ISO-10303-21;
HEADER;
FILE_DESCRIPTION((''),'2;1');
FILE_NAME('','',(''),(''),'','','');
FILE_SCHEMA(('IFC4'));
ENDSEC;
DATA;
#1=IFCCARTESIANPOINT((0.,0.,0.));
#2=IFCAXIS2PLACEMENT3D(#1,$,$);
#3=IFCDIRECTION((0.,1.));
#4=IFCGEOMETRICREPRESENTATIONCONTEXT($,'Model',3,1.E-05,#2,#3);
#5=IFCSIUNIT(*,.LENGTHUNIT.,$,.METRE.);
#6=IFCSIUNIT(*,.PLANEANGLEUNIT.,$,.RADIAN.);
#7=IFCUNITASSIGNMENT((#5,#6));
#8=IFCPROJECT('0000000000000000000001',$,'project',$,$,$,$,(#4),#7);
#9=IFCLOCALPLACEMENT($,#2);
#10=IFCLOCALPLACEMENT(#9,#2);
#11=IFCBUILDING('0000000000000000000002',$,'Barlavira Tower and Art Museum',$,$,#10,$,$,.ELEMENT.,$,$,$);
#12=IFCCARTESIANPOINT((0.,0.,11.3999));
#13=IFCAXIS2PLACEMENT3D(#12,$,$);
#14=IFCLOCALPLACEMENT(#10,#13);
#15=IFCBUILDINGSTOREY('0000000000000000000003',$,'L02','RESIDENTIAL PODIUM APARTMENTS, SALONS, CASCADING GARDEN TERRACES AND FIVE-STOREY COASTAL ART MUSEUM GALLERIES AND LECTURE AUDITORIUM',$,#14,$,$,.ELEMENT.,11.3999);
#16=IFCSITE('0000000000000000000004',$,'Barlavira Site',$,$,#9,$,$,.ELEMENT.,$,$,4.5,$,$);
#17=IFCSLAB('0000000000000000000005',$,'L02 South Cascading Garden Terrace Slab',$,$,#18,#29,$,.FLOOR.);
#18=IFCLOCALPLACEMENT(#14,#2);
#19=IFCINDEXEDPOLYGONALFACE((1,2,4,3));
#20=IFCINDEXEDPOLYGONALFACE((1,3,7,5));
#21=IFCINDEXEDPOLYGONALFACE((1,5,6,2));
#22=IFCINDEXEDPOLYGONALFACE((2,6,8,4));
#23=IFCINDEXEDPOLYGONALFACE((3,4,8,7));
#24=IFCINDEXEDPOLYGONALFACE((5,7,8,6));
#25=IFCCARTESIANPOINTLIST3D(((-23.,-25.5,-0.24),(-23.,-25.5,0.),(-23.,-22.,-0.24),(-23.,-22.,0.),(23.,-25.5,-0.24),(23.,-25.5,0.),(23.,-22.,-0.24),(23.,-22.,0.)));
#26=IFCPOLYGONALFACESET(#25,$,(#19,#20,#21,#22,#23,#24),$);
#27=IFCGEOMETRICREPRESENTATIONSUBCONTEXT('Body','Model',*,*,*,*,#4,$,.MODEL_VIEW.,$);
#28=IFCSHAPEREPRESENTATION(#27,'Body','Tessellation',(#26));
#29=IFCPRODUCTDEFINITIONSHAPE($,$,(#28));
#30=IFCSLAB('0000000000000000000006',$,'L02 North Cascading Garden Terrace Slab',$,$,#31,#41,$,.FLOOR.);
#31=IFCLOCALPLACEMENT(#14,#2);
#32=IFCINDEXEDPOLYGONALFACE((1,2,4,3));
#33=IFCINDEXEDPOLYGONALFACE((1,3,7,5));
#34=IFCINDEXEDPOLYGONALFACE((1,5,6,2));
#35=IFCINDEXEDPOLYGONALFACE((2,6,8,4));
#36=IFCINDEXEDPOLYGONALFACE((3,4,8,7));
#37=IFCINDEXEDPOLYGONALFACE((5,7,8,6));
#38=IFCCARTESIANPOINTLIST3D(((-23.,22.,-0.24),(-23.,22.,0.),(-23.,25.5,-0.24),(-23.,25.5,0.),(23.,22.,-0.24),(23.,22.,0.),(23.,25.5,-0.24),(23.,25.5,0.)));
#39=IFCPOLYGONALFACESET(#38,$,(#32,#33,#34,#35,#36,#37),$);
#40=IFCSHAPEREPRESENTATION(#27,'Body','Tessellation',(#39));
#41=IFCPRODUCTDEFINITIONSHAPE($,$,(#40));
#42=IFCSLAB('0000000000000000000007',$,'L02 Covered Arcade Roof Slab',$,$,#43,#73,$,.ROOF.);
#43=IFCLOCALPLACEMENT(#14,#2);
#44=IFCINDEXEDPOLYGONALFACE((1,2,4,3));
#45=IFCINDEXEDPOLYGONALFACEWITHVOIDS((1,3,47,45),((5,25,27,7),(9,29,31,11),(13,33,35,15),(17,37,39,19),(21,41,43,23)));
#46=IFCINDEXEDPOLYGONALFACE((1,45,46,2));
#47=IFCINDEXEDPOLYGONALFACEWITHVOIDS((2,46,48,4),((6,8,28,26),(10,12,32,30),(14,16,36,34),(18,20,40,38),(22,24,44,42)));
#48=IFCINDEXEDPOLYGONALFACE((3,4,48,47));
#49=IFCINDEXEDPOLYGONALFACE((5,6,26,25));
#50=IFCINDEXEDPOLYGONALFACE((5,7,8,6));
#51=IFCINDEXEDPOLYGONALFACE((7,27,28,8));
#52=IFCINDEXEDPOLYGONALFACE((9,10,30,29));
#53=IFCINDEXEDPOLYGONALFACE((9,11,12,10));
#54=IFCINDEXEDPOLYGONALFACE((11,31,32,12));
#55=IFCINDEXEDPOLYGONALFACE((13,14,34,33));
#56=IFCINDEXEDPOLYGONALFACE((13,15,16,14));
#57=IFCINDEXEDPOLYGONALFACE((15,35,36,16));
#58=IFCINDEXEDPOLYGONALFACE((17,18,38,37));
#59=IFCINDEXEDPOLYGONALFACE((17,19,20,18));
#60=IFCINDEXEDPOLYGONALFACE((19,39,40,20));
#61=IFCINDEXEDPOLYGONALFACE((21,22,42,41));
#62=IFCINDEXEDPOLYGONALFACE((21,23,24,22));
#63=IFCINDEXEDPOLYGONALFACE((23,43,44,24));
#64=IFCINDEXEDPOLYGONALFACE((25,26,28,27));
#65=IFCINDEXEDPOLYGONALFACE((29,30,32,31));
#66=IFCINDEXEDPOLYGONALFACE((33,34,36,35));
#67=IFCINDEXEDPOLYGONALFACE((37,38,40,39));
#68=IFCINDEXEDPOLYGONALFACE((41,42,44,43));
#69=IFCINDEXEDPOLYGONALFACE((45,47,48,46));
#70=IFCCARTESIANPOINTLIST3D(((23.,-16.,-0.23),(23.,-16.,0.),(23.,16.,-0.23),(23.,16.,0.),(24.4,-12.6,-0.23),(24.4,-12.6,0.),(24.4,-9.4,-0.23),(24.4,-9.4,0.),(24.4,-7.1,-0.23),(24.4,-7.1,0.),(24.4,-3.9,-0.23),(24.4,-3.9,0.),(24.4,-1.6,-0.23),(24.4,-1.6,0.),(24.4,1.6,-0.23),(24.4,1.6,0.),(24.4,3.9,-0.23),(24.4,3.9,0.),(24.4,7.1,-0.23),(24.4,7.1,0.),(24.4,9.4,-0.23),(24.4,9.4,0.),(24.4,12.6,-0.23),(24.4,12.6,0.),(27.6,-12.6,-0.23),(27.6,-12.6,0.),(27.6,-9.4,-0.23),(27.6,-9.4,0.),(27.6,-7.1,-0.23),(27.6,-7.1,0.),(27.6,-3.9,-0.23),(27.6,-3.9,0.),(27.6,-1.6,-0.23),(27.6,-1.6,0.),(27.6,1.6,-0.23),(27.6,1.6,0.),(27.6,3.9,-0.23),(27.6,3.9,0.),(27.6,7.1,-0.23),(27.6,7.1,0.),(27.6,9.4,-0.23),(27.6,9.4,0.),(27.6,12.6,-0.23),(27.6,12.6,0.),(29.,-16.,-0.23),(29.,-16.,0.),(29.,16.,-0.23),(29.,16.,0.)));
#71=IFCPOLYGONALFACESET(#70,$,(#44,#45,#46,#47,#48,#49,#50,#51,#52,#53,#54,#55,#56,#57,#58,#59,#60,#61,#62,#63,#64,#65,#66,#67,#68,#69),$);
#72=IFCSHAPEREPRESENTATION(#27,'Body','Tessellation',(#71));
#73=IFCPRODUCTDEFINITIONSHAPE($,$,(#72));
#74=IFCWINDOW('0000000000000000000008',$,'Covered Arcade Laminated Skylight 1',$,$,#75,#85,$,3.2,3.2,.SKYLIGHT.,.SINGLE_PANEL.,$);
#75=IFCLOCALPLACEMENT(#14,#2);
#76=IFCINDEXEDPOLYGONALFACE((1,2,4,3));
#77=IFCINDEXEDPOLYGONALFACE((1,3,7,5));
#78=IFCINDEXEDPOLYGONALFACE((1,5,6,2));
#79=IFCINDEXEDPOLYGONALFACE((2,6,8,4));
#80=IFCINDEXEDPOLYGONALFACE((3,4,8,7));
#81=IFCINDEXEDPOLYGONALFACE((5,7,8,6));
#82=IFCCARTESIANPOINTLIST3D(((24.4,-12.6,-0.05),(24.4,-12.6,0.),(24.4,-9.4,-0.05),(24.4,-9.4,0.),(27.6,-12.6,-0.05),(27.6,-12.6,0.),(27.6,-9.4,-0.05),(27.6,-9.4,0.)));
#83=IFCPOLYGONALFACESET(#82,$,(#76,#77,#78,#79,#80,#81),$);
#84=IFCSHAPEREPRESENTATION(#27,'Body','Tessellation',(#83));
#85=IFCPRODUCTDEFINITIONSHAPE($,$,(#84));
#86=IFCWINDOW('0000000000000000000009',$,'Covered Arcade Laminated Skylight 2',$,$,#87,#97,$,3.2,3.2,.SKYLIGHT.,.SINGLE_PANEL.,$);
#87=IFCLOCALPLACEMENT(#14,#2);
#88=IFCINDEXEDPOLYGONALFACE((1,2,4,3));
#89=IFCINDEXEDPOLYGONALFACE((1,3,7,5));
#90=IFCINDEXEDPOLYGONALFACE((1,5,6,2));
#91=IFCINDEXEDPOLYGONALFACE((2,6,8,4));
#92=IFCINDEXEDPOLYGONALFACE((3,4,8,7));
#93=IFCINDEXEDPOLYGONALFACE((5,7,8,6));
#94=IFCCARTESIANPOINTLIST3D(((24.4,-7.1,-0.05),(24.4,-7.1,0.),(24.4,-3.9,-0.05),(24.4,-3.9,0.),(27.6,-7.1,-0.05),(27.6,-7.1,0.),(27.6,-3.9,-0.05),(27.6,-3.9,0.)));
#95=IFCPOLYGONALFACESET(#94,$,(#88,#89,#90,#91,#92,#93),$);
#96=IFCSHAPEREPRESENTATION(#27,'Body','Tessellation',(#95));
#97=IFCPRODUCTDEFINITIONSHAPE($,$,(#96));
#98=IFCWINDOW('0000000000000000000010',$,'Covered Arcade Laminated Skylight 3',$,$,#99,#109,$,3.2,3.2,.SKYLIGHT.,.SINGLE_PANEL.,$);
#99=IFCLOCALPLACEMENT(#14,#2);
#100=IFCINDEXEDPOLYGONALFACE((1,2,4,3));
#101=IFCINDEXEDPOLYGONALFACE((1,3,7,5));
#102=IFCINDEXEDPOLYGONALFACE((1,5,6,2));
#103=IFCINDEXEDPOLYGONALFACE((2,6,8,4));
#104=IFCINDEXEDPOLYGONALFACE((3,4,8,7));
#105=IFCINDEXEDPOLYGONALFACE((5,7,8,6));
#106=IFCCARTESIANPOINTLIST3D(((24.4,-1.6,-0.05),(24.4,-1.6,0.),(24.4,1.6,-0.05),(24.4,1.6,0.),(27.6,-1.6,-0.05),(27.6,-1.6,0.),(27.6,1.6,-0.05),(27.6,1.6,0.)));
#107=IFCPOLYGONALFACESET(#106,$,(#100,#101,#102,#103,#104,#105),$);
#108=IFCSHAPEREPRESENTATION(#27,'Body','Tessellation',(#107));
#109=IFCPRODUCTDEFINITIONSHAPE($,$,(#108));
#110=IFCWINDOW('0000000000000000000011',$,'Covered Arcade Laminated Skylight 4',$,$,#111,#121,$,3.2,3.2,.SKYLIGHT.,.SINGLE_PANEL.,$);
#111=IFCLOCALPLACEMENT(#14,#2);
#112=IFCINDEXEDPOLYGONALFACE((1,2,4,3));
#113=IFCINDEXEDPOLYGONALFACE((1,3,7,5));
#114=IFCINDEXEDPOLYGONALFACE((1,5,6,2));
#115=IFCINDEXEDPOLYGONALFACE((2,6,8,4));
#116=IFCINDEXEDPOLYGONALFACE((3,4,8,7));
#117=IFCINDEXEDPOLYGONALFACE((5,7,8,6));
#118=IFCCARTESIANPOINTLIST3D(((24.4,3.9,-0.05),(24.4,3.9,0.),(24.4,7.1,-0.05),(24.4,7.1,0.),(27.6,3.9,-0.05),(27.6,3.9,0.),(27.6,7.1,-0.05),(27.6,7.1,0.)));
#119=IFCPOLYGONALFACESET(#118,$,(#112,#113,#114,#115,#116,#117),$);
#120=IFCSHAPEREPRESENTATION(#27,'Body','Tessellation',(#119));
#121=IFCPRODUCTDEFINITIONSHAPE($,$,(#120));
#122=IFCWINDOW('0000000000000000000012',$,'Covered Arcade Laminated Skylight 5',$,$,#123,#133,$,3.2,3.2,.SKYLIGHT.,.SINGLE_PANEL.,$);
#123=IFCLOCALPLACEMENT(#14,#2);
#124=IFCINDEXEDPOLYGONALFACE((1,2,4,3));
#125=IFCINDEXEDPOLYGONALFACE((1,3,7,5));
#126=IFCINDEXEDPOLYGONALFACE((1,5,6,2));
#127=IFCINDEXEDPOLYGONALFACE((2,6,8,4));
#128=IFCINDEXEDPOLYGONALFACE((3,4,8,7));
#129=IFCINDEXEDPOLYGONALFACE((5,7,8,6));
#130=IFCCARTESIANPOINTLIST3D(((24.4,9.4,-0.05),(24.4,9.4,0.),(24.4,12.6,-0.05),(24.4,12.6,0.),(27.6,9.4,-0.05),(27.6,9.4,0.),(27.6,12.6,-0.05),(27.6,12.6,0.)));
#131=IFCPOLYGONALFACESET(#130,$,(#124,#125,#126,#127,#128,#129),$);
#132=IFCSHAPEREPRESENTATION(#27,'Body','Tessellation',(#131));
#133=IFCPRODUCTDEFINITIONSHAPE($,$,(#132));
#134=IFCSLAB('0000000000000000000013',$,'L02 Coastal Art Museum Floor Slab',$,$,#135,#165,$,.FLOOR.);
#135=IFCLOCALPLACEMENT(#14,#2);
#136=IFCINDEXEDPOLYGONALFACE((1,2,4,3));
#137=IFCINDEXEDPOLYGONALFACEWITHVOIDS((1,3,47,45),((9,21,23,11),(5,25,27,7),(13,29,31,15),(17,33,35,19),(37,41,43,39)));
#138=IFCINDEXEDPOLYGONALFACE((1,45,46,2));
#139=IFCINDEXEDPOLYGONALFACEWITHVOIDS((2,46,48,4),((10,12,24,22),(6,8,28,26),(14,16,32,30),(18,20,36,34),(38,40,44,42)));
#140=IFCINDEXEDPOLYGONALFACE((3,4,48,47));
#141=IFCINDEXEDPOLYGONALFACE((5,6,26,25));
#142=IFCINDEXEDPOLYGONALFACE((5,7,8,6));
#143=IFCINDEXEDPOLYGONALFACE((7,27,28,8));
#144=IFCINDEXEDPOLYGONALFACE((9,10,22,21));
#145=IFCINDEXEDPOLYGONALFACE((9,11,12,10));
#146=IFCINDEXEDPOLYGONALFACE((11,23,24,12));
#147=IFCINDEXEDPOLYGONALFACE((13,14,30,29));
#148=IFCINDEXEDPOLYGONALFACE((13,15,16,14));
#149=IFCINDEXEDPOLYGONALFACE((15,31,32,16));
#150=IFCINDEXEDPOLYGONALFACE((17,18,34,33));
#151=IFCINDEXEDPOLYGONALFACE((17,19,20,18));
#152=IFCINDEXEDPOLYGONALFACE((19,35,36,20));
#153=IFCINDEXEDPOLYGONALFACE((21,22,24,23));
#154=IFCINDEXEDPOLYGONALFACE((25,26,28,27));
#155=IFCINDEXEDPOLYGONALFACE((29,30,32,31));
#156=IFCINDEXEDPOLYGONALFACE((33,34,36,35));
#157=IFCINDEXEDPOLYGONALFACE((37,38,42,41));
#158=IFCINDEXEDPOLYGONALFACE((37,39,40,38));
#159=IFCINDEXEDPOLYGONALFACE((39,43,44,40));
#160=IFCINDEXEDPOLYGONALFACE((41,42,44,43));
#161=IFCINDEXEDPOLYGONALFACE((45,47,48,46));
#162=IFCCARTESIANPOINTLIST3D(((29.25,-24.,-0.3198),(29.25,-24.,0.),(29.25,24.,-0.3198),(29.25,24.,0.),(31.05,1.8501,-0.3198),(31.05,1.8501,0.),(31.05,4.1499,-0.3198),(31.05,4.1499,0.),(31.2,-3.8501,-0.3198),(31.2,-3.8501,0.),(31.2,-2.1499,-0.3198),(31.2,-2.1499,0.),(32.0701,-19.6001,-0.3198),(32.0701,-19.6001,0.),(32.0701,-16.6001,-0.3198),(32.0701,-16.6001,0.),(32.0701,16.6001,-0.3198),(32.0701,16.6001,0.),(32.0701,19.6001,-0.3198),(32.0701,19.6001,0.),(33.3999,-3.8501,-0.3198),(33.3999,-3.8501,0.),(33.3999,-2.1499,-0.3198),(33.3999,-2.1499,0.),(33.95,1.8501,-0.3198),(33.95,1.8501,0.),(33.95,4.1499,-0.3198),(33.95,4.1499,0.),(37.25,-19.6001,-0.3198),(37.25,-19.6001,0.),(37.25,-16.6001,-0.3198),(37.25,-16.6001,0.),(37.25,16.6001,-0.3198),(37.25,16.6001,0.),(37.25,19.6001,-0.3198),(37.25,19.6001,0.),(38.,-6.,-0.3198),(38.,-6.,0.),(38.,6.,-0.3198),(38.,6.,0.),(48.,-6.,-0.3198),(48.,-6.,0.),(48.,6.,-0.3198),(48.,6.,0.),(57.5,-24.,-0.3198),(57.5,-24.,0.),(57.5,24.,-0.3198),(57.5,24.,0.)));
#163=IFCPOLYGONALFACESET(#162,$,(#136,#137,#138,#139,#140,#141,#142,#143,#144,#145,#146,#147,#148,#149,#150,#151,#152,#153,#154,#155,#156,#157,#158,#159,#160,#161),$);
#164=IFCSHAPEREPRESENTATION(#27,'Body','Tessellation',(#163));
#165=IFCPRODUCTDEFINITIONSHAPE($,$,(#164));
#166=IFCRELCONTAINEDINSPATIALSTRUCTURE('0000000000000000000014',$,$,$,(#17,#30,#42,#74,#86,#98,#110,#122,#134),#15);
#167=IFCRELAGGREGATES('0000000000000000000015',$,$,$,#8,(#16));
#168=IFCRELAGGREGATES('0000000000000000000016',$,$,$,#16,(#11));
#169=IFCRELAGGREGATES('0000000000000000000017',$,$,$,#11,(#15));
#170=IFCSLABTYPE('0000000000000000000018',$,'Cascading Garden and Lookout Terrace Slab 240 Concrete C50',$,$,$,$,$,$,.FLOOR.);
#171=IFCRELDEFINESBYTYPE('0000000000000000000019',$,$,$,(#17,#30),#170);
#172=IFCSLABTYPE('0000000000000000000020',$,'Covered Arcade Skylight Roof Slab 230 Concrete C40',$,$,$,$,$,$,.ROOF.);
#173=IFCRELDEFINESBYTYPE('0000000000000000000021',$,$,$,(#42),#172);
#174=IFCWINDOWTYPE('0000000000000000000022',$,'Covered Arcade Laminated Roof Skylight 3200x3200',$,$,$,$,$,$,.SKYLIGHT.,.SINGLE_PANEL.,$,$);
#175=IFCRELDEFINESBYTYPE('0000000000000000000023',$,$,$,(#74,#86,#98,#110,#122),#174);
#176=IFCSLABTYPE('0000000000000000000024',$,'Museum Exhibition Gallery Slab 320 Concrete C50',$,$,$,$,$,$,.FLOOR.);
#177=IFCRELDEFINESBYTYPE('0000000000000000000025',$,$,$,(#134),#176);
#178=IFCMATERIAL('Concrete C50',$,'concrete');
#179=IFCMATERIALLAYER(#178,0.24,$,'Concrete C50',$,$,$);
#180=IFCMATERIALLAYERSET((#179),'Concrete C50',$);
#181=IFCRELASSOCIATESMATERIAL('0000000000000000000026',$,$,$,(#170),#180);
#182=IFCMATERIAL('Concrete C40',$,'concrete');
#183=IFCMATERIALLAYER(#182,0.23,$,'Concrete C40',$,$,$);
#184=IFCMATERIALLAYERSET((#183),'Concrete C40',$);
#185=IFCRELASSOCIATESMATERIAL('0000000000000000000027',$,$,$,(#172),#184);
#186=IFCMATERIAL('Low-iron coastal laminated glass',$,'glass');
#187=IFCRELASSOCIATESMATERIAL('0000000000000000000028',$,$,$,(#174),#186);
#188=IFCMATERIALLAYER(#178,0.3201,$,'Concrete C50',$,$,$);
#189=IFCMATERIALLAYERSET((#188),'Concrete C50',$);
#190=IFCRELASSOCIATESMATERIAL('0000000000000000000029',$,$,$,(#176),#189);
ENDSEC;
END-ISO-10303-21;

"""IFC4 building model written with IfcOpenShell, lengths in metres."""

from ifc_helpers import new_model, si_unit, direction, frame, origin, origin_2d, place, context, subcontext, project, spatial, polyline, rectangle, outline, extrude, material, layer, layer_set, type_object, element, fill, save


model = new_model("IFC4")

# Units and contexts
model_context = context("Model", 3, precision=1e-05, world=origin(), true_north=direction((0.0, 1.0)))
body_context = subcontext(model_context, "Body", "Model", "MODEL_VIEW")
ifc_project = project(units=[si_unit("LENGTHUNIT", "METRE"), si_unit("PLANEANGLEUNIT", "RADIAN")], contexts=[model_context])

# Site, building, storey
site_placement = place(None, origin())
site = spatial("IfcSite", under=ifc_project, at=site_placement, Name="Barlavira Site", CompositionType="ELEMENT", RefElevation=4.5)
building_placement = place(site_placement, origin())
building = spatial("IfcBuilding", under=site, at=building_placement, Name="Barlavira Tower and Art Museum", CompositionType="ELEMENT")
storey_placement = place(building_placement, frame((0.0, 0.0, 11.3999)))
storey = spatial("IfcBuildingStorey", under=building, at=storey_placement, Name="L02", Description="RESIDENTIAL PODIUM APARTMENTS, SALONS, CASCADING GARDEN TERRACES AND FIVE-STOREY COASTAL ART MUSEUM GALLERIES AND LECTURE AUDITORIUM", CompositionType="ELEMENT", Elevation=11.3999)

# Slabs
ifc_material_1 = material(Name="Concrete C50", Category="concrete")
ifc_layer_1 = layer(ifc_material_1, 0.24, Name="Concrete C50")
ifc_layer_set_1 = layer_set([ifc_layer_1], Name="Concrete C50")
slab_type_1 = type_object("IfcSlabType", Name="Cascading Garden and Lookout Terrace Slab 240 Concrete C50", PredefinedType="FLOOR", material=ifc_layer_set_1)
slab_1_placement = place(storey_placement, frame((0.0, 0.0, -0.24)))
element("IfcSlab", 1, at=slab_1_placement, inside=storey, type_object=slab_type_1, Name="L02 South Cascading Garden Terrace Slab", PredefinedType="FLOOR", context=body_context, shape_type="SweptSolid", body=[
    extrude(outline(polyline([(-23.0, -25.5), (23.0, -25.5), (23.0, -22.0), (-23.0, -22.0), (-23.0, -25.5)])), origin(), (0.0, 0.0, 1.0), 0.24),
])
slab_2_placement = place(storey_placement, frame((0.0, 0.0, -0.24)))
element("IfcSlab", 2, at=slab_2_placement, inside=storey, type_object=slab_type_1, Name="L02 North Cascading Garden Terrace Slab", PredefinedType="FLOOR", context=body_context, shape_type="SweptSolid", body=[
    extrude(outline(polyline([(-23.0, 22.0), (23.0, 22.0), (23.0, 25.5), (-23.0, 25.5), (-23.0, 22.0)])), origin(), (0.0, 0.0, 1.0), 0.24),
])

# Slab, openings, windows
ifc_material_2 = material(Name="Concrete C40", Category="concrete")
ifc_layer_2 = layer(ifc_material_2, 0.23, Name="Concrete C40")
ifc_layer_set_2 = layer_set([ifc_layer_2], Name="Concrete C40")
slab_type_2 = type_object("IfcSlabType", Name="Covered Arcade Skylight Roof Slab 230 Concrete C40", PredefinedType="ROOF", material=ifc_layer_set_2)
slab_3_placement = place(storey_placement, frame((0.0, 0.0, -0.23)))
slab_3 = element("IfcSlab", 3, at=slab_3_placement, inside=storey, type_object=slab_type_2, Name="L02 Covered Arcade Roof Slab", PredefinedType="ROOF", context=body_context, shape_type="SweptSolid", body=[
    extrude(outline(polyline([(23.0, -16.0), (29.0, -16.0), (29.0, 16.0), (23.0, 16.0), (23.0, -16.0)])), origin(), (0.0, 0.0, 1.0), 0.23),
])
opening_1_placement = place(slab_3_placement, frame((26.0, -11.0, -0.01)))
opening_1 = element("IfcOpeningElement", 4, at=opening_1_placement, cuts=slab_3, PredefinedType="OPENING", context=body_context, shape_type="SweptSolid", body=[
    extrude(rectangle(XDim=3.2, YDim=3.2, at=origin_2d()), origin(), (0.0, 0.0, 1.0), 0.25),
])
opening_2_placement = place(slab_3_placement, frame((26.0, -5.5, -0.01)))
opening_2 = element("IfcOpeningElement", 5, at=opening_2_placement, cuts=slab_3, PredefinedType="OPENING", context=body_context, shape_type="SweptSolid", body=[
    extrude(rectangle(XDim=3.2, YDim=3.2, at=origin_2d()), origin(), (0.0, 0.0, 1.0), 0.25),
])
opening_3_placement = place(slab_3_placement, frame((26.0, 0.0, -0.01)))
opening_3 = element("IfcOpeningElement", 6, at=opening_3_placement, cuts=slab_3, PredefinedType="OPENING", context=body_context, shape_type="SweptSolid", body=[
    extrude(rectangle(XDim=3.2, YDim=3.2, at=origin_2d()), origin(), (0.0, 0.0, 1.0), 0.25),
])
opening_4_placement = place(slab_3_placement, frame((26.0, 5.5, -0.01)))
opening_4 = element("IfcOpeningElement", 7, at=opening_4_placement, cuts=slab_3, PredefinedType="OPENING", context=body_context, shape_type="SweptSolid", body=[
    extrude(rectangle(XDim=3.2, YDim=3.2, at=origin_2d()), origin(), (0.0, 0.0, 1.0), 0.25),
])
opening_5_placement = place(slab_3_placement, frame((26.0, 11.0, -0.01)))
opening_5 = element("IfcOpeningElement", 8, at=opening_5_placement, cuts=slab_3, PredefinedType="OPENING", context=body_context, shape_type="SweptSolid", body=[
    extrude(rectangle(XDim=3.2, YDim=3.2, at=origin_2d()), origin(), (0.0, 0.0, 1.0), 0.25),
])
ifc_material_3 = material(Name="Low-iron coastal laminated glass", Category="glass")
window_type = type_object("IfcWindowType", Name="Covered Arcade Laminated Roof Skylight 3200x3200", PartitioningType="SINGLE_PANEL", PredefinedType="SKYLIGHT", material=ifc_material_3)
window_1_placement = place(opening_1_placement, frame((0.0, 0.0, 0.1899)))
window_1 = element("IfcWindow", 9, at=window_1_placement, inside=storey, type_object=window_type, Name="Covered Arcade Laminated Skylight 1", OverallHeight=3.2, OverallWidth=3.2, PartitioningType="SINGLE_PANEL", PredefinedType="SKYLIGHT", context=body_context, shape_type="SweptSolid", body=[
    extrude(rectangle(XDim=3.2, YDim=3.2, at=origin_2d()), origin(), (0.0, 0.0, 1.0), 0.05),
])
fill(opening_1, window_1)
window_2_placement = place(opening_2_placement, frame((0.0, 0.0, 0.1899)))
window_2 = element("IfcWindow", 10, at=window_2_placement, inside=storey, type_object=window_type, Name="Covered Arcade Laminated Skylight 2", OverallHeight=3.2, OverallWidth=3.2, PartitioningType="SINGLE_PANEL", PredefinedType="SKYLIGHT", context=body_context, shape_type="SweptSolid", body=[
    extrude(rectangle(XDim=3.2, YDim=3.2, at=origin_2d()), origin(), (0.0, 0.0, 1.0), 0.05),
])
fill(opening_2, window_2)
window_3_placement = place(opening_3_placement, frame((0.0, 0.0, 0.1899)))
window_3 = element("IfcWindow", 11, at=window_3_placement, inside=storey, type_object=window_type, Name="Covered Arcade Laminated Skylight 3", OverallHeight=3.2, OverallWidth=3.2, PartitioningType="SINGLE_PANEL", PredefinedType="SKYLIGHT", context=body_context, shape_type="SweptSolid", body=[
    extrude(rectangle(XDim=3.2, YDim=3.2, at=origin_2d()), origin(), (0.0, 0.0, 1.0), 0.05),
])
fill(opening_3, window_3)
window_4_placement = place(opening_4_placement, frame((0.0, 0.0, 0.1899)))
window_4 = element("IfcWindow", 12, at=window_4_placement, inside=storey, type_object=window_type, Name="Covered Arcade Laminated Skylight 4", OverallHeight=3.2, OverallWidth=3.2, PartitioningType="SINGLE_PANEL", PredefinedType="SKYLIGHT", context=body_context, shape_type="SweptSolid", body=[
    extrude(rectangle(XDim=3.2, YDim=3.2, at=origin_2d()), origin(), (0.0, 0.0, 1.0), 0.05),
])
fill(opening_4, window_4)
window_5_placement = place(opening_5_placement, frame((0.0, 0.0, 0.1899)))
window_5 = element("IfcWindow", 13, at=window_5_placement, inside=storey, type_object=window_type, Name="Covered Arcade Laminated Skylight 5", OverallHeight=3.2, OverallWidth=3.2, PartitioningType="SINGLE_PANEL", PredefinedType="SKYLIGHT", context=body_context, shape_type="SweptSolid", body=[
    extrude(rectangle(XDim=3.2, YDim=3.2, at=origin_2d()), origin(), (0.0, 0.0, 1.0), 0.05),
])
fill(opening_5, window_5)

# Slab
ifc_layer_3 = layer(ifc_material_1, 0.3201, Name="Concrete C50")
ifc_layer_set_3 = layer_set([ifc_layer_3], Name="Concrete C50")
slab_type_3 = type_object("IfcSlabType", Name="Museum Exhibition Gallery Slab 320 Concrete C50", PredefinedType="FLOOR", material=ifc_layer_set_3)
slab_4_placement = place(storey_placement, frame((0.0, 0.0, -0.3198)))
element("IfcSlab", 14, at=slab_4_placement, inside=storey, type_object=slab_type_3, Name="L02 Coastal Art Museum Floor Slab", PredefinedType="FLOOR", context=body_context, shape_type="SweptSolid", body=[
    extrude(outline(polyline([(29.25, -24.0), (57.5, -24.0), (57.5, 24.0), (29.25, 24.0), (29.25, -24.0)]), holes=[polyline([(32.0701, -19.6001), (37.25, -19.6001), (37.25, -16.6001), (32.0701, -16.6001), (32.0701, -19.6001)]), polyline([(32.0701, 16.6001), (37.25, 16.6001), (37.25, 19.6001), (32.0701, 19.6001), (32.0701, 16.6001)]), polyline([(31.2, -3.8501), (33.3999, -3.8501), (33.3999, -2.1499), (31.2, -2.1499), (31.2, -3.8501)]), polyline([(31.05, 1.8501), (33.95, 1.8501), (33.95, 4.1499), (31.05, 4.1499), (31.05, 1.8501)]), polyline([(38.0, -6.0), (48.0, -6.0), (48.0, 6.0), (38.0, 6.0), (38.0, -6.0)])]), origin(), (0.0, 0.0, 1.0), 0.3198),
])

save(model, "model.ifc")
